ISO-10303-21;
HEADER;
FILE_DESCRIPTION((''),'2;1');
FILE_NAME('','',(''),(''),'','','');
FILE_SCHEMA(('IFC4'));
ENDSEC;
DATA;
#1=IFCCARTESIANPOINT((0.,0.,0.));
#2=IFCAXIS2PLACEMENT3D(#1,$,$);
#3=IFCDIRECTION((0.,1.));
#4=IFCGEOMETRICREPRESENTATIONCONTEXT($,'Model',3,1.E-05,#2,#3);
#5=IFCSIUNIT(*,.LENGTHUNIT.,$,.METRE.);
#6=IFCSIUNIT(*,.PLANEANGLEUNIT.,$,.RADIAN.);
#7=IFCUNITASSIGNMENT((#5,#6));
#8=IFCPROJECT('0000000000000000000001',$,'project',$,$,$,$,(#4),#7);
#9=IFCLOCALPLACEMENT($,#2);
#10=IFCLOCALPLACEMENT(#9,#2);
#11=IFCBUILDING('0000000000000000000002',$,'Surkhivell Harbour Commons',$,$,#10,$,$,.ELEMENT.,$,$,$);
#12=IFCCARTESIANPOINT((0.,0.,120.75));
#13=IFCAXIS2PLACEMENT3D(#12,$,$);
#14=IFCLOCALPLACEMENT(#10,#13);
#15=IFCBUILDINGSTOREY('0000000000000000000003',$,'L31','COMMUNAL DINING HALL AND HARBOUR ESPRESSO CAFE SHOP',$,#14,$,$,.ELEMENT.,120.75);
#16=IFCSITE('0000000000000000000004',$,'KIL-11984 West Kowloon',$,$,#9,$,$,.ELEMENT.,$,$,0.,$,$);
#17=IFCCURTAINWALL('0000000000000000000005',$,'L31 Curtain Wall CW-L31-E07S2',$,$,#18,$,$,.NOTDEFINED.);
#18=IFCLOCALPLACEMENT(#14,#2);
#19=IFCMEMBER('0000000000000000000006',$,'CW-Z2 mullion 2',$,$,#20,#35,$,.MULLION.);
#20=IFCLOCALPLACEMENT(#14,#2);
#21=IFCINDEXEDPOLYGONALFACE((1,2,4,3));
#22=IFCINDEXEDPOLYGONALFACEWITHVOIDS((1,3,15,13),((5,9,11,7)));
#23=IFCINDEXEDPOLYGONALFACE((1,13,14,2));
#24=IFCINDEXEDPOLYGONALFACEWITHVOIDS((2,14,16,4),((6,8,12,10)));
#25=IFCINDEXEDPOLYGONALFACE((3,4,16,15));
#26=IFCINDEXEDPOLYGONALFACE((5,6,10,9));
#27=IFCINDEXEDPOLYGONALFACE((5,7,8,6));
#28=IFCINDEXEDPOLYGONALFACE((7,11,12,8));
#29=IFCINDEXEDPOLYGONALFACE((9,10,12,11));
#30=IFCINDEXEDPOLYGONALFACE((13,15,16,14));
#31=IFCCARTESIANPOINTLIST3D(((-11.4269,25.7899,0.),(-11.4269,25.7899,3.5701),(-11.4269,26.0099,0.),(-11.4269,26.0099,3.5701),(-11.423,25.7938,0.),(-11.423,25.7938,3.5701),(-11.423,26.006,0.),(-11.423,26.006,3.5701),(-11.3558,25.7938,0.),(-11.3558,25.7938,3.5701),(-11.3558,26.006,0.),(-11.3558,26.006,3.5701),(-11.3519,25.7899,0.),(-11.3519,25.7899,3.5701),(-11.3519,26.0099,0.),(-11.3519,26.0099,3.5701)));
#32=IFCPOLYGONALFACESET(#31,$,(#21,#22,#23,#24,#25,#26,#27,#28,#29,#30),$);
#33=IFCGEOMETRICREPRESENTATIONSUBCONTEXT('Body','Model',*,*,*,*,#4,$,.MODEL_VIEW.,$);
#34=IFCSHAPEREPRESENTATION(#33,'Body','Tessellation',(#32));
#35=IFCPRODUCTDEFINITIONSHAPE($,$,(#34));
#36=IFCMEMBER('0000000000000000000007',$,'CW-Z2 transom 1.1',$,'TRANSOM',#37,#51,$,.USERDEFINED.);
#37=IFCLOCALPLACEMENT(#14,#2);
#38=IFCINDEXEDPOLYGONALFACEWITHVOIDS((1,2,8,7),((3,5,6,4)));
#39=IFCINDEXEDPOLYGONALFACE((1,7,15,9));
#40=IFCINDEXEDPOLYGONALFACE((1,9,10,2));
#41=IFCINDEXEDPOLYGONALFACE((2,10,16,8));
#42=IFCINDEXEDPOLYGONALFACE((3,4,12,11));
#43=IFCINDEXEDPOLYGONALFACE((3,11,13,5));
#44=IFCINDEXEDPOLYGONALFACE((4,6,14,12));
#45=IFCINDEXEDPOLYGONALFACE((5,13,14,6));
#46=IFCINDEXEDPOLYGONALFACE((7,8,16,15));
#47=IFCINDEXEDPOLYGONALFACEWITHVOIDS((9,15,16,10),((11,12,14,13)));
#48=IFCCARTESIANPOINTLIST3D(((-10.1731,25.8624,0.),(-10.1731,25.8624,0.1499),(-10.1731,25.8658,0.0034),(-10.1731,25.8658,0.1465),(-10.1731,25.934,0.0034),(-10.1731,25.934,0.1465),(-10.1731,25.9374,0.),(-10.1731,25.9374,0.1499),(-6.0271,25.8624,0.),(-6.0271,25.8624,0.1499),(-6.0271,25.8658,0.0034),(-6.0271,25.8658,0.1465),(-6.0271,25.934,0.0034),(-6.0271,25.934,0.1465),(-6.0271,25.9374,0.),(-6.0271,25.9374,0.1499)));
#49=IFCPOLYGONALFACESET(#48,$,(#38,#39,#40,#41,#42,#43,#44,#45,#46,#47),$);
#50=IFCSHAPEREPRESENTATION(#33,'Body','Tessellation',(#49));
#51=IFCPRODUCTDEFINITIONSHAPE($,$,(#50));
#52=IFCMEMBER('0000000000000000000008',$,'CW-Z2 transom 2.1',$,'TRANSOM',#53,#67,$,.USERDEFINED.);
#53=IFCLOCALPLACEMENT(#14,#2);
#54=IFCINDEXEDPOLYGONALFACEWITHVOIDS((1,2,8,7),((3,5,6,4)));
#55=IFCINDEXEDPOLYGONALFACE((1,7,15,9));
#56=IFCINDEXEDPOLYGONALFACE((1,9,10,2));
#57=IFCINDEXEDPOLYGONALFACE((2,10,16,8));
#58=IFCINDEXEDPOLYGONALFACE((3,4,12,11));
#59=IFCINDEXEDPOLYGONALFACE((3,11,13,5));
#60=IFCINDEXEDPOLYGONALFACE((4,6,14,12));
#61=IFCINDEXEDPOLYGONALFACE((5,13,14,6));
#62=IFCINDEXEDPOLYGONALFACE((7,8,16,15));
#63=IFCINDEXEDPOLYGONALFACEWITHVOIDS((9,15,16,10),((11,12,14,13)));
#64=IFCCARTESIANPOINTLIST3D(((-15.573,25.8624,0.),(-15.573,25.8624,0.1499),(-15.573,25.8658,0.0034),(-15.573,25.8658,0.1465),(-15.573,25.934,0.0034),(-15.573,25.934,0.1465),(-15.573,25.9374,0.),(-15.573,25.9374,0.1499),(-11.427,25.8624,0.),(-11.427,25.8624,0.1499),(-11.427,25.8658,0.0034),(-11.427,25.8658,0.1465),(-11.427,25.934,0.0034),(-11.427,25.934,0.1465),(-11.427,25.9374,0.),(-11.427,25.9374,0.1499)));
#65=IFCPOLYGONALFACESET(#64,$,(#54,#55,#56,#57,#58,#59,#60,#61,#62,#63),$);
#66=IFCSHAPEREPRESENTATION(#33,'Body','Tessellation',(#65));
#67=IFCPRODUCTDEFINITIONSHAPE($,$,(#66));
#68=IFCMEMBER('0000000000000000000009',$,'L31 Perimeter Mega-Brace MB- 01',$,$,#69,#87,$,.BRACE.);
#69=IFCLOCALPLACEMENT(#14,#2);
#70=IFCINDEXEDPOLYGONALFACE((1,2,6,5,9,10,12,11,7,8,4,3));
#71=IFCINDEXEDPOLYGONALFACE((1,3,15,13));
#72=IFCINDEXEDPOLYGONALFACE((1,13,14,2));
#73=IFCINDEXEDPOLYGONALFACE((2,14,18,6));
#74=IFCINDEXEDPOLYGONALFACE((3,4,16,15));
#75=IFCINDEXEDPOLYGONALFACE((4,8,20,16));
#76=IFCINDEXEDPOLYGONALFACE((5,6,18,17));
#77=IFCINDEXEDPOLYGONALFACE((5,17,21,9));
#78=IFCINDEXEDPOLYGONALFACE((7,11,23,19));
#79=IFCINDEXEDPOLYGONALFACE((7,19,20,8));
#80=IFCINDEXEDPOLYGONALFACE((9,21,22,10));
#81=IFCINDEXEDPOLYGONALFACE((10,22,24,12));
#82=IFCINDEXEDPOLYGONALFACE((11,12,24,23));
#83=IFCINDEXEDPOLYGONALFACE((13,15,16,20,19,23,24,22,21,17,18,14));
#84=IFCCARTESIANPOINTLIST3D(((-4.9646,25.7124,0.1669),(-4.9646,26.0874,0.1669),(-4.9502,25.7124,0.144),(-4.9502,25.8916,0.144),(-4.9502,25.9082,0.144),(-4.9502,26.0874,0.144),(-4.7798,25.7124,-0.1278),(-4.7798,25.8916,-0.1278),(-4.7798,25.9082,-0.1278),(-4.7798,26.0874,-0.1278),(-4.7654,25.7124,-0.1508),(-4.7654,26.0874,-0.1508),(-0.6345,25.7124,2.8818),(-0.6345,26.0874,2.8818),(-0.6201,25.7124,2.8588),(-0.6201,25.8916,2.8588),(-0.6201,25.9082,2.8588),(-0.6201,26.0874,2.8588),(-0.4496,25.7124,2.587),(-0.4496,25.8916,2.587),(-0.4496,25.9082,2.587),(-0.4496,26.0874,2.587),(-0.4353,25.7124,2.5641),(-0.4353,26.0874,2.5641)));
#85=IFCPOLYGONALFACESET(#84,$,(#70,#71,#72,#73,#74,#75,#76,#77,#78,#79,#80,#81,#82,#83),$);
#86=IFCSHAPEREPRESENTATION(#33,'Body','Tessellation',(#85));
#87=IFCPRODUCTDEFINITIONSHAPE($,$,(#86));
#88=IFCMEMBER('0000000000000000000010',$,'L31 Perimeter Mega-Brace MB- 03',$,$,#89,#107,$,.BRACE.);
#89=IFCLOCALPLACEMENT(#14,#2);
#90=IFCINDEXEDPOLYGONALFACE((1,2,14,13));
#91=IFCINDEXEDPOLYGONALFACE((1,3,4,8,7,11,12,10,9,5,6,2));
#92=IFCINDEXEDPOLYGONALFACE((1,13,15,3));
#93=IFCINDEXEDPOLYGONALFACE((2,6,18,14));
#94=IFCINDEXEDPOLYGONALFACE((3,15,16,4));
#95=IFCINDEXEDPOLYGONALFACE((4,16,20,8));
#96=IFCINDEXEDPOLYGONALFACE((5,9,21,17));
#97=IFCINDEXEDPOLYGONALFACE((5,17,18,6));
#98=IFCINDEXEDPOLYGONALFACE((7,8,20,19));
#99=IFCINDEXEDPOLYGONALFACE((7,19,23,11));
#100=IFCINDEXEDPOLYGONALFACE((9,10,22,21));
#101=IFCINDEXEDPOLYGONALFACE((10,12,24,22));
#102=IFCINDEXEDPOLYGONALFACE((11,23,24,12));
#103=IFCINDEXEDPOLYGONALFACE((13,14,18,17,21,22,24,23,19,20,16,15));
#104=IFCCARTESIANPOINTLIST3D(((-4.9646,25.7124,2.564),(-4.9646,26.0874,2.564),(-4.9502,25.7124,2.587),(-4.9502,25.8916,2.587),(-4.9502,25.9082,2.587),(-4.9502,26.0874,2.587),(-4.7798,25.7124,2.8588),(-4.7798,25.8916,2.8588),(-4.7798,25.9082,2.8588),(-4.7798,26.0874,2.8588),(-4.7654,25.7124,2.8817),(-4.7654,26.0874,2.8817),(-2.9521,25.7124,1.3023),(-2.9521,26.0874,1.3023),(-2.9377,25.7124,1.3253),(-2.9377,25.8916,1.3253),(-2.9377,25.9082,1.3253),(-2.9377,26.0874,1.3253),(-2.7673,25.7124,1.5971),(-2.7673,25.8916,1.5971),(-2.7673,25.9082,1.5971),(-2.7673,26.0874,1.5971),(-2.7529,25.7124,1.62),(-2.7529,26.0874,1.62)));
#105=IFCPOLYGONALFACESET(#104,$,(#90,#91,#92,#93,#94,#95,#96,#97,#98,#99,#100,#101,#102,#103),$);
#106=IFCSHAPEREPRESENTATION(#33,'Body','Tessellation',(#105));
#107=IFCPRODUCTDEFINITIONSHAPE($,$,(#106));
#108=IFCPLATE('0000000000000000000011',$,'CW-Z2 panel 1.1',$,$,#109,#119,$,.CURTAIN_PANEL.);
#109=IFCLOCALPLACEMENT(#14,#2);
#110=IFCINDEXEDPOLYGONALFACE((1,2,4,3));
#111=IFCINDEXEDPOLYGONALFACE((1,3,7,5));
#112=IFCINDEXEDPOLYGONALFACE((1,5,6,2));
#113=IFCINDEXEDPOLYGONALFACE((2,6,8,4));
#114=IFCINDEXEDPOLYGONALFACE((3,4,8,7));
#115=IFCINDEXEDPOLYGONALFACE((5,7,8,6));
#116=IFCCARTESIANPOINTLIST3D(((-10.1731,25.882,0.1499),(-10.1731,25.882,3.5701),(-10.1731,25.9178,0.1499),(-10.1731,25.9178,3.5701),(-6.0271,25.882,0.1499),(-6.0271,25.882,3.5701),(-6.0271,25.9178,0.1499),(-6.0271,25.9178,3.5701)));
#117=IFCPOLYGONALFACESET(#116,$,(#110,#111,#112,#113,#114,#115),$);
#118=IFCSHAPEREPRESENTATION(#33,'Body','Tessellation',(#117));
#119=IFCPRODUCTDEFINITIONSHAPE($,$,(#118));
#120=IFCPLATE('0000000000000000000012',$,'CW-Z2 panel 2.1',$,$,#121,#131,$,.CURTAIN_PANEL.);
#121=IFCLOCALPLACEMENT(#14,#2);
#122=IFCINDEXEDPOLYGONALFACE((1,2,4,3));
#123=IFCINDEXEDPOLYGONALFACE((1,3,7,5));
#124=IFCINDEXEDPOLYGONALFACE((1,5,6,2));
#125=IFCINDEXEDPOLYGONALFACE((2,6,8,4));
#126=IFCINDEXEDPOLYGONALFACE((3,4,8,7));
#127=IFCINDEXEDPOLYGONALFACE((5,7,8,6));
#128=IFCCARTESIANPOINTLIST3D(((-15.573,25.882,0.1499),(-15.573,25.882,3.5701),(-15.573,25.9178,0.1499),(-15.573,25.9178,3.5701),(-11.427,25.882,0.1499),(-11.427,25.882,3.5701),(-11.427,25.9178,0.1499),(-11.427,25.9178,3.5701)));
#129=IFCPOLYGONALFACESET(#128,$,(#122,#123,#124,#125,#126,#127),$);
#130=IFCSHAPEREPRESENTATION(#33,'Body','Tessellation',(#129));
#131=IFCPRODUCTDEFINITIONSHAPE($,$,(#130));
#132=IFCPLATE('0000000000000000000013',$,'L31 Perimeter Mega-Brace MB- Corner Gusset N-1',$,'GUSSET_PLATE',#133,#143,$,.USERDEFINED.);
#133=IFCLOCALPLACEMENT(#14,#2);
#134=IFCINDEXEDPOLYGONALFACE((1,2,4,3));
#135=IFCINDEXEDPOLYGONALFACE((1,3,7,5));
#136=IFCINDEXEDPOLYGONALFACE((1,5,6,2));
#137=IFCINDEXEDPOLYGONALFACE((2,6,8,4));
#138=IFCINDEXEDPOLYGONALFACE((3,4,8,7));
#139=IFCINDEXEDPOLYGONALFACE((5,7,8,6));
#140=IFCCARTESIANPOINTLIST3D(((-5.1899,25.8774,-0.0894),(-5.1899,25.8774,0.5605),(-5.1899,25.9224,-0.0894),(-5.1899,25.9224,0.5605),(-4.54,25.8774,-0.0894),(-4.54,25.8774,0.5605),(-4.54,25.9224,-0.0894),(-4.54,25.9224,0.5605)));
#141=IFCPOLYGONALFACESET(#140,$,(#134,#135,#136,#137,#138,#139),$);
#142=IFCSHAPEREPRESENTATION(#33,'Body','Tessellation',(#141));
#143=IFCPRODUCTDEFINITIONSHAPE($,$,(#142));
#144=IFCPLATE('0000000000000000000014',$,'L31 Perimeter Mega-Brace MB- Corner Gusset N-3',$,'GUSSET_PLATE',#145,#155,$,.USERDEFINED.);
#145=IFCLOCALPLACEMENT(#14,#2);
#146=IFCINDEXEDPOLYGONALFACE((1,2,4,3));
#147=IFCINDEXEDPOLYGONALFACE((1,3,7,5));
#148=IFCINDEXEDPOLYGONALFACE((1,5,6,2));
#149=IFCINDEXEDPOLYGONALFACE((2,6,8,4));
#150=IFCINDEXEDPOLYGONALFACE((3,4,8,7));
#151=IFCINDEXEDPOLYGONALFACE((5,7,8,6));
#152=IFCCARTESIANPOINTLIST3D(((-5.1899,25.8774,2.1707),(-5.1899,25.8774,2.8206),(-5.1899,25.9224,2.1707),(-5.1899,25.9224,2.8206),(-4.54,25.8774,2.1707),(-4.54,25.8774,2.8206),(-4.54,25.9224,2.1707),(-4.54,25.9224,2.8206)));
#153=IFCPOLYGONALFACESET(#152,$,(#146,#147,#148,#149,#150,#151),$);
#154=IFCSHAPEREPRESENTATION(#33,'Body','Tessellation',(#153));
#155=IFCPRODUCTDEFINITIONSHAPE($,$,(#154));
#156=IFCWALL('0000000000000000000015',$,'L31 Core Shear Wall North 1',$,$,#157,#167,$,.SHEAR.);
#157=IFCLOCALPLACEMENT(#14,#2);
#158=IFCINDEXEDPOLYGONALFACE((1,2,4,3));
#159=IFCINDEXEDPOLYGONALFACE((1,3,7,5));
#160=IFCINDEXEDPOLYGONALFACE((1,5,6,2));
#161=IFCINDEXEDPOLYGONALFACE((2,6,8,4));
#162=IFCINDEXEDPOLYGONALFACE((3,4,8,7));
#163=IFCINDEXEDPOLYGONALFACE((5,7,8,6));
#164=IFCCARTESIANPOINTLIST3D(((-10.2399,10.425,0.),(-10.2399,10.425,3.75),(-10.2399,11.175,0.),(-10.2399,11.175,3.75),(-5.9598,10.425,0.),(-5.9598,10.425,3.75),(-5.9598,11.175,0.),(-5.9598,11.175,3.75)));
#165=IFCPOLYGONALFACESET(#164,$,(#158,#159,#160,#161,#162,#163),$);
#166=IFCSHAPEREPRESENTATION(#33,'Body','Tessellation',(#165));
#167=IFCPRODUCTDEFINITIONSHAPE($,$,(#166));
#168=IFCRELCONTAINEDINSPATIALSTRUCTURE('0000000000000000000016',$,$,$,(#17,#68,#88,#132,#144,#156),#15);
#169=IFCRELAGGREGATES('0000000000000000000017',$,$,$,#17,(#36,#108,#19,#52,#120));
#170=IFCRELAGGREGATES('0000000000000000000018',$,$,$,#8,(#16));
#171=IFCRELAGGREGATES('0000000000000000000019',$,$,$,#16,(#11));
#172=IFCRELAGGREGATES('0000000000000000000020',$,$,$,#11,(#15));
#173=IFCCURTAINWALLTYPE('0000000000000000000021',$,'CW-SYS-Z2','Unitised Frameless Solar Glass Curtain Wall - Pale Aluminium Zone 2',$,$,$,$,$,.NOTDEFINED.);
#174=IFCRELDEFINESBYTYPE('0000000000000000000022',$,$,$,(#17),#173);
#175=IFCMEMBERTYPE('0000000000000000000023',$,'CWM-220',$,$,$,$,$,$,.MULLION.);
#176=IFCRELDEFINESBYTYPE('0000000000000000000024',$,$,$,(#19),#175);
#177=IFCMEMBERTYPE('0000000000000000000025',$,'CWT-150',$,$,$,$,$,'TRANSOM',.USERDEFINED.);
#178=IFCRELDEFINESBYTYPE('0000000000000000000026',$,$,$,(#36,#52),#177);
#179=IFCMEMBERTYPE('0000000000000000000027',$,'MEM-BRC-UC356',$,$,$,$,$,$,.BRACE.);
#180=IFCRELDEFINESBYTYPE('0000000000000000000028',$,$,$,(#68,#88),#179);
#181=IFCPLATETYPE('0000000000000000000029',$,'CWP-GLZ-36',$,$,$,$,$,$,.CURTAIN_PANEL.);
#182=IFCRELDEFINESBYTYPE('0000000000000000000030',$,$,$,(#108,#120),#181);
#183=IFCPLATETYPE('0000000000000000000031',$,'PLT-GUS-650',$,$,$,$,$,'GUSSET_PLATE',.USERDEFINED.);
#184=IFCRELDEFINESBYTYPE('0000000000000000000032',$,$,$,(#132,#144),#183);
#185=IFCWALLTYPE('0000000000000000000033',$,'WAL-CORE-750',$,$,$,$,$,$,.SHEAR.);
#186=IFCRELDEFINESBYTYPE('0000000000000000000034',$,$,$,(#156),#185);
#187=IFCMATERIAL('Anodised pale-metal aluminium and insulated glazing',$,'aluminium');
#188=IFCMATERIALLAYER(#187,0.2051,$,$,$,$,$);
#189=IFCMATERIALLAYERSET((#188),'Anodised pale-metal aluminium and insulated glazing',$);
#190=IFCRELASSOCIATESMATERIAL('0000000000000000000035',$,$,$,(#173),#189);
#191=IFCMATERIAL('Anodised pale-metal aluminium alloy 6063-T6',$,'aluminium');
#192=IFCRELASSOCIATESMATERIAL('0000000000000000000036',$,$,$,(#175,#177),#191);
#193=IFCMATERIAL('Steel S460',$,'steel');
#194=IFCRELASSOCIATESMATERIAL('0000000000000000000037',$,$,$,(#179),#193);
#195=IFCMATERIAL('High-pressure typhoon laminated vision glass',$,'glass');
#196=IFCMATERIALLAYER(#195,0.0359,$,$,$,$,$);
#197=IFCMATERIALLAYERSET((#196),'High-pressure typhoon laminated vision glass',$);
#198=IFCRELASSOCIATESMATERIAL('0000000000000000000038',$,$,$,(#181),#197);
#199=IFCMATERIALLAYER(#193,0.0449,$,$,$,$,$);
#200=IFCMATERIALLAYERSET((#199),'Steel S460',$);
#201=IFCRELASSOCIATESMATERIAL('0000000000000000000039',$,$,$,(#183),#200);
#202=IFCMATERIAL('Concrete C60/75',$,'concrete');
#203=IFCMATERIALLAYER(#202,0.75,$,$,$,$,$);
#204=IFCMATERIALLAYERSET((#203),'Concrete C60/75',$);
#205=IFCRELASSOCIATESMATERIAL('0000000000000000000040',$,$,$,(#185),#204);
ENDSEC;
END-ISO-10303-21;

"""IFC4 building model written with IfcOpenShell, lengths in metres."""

from ifc_helpers import new_model, si_unit, direction, frame, frame_2d, origin, origin_2d, place, context, subcontext, project, spatial, rectangle, hollow_rectangle, i_section, extrude, material, layer, layer_set, material_profile, profile_set, type_object, element, aggregate, save


model = new_model("IFC4")

# Units and contexts
model_context = context("Model", 3, precision=1e-05, world=origin(), true_north=direction((0.0, 1.0)))
body_context = subcontext(model_context, "Body", "Model", "MODEL_VIEW")
ifc_project = project(units=[si_unit("LENGTHUNIT", "METRE"), si_unit("PLANEANGLEUNIT", "RADIAN")], contexts=[model_context])

# Site, building, storey
site_placement = place(None, origin())
site = spatial("IfcSite", under=ifc_project, at=site_placement, Name="KIL-11984 West Kowloon", CompositionType="ELEMENT", RefElevation=0.0)
building_placement = place(site_placement, origin())
building = spatial("IfcBuilding", under=site, at=building_placement, Name="Surkhivell Harbour Commons", CompositionType="ELEMENT")
storey_placement = place(building_placement, frame((0.0, 0.0, 120.75)))
storey = spatial("IfcBuildingStorey", under=building, at=storey_placement, Name="L31", Description="COMMUNAL DINING HALL AND HARBOUR ESPRESSO CAFE SHOP", CompositionType="ELEMENT", Elevation=120.75)

# Shared definitions
ifc_material_1 = material(Name="Concrete C60/75", Category="concrete")

# Shared definitions
ifc_material_2 = material(Name="Steel S460", Category="steel")

# Curtain wall, members
ifc_material_3 = material(Name="Anodised pale-metal aluminium and insulated glazing", Category="aluminium")
ifc_layer_1 = layer(ifc_material_3, 0.2051)
ifc_layer_set_1 = layer_set([ifc_layer_1], Name="Anodised pale-metal aluminium and insulated glazing")
curtain_wall_type = type_object("IfcCurtainWallType", Name="CW-SYS-Z2", Description="Unitised Frameless Solar Glass Curtain Wall - Pale Aluminium Zone 2", PredefinedType="NOTDEFINED", material=ifc_layer_set_1)
curtain_wall_placement = place(storey_placement, origin())
curtain_wall = element("IfcCurtainWall", 1, at=curtain_wall_placement, inside=storey, type_object=curtain_wall_type, Name="L31 Curtain Wall CW-L31-E07S2", PredefinedType="NOTDEFINED")
ifc_material_4 = material(Name="Anodised pale-metal aluminium alloy 6063-T6", Category="aluminium")
ifc_material_profile_1 = material_profile(ifc_material_4, hollow_rectangle(XDim=0.075, YDim=0.22, WallThickness=0.0039, at=origin_2d()), Name="ALU-MULL-75x220")
ifc_profile_set_1 = profile_set([ifc_material_profile_1], Name="Anodised pale-metal aluminium alloy 6063-T6")
member_type_1 = type_object("IfcMemberType", Name="CWM-220", PredefinedType="MULLION", material=ifc_profile_set_1)
member_1_placement = place(storey_placement, frame((-11.3894, 25.8999, 0.0), z_axis=(0.0, 0.0, 1.0), x_axis=(-1.0, 0.0, 0.0)))
member_1 = element("IfcMember", 2, at=member_1_placement, type_object=member_type_1, Name="CW-Z2 mullion 2", PredefinedType="MULLION", context=body_context, shape_type="SweptSolid", body=[
    extrude(hollow_rectangle(XDim=0.075, YDim=0.22, WallThickness=0.0039, at=origin_2d()), origin(), (0.0, 0.0, 1.0), 3.5701),
])
ifc_material_profile_2 = material_profile(ifc_material_4, hollow_rectangle(XDim=0.075, YDim=0.1499, WallThickness=0.0034, at=origin_2d()), Name="ALU-TRAN-75x150")
ifc_profile_set_2 = profile_set([ifc_material_profile_2], Name="Anodised pale-metal aluminium alloy 6063-T6")
member_type_2 = type_object("IfcMemberType", Name="CWT-150", ElementType="TRANSOM", PredefinedType="USERDEFINED", material=ifc_profile_set_2)
member_2_placement = place(storey_placement, frame((-6.0271, 25.8999, 0.075), z_axis=(-1.0, 0.0, 0.0), x_axis=(0.0, -1.0, 0.0)))
member_2 = element("IfcMember", 3, at=member_2_placement, type_object=member_type_2, Name="CW-Z2 transom 1.1", ObjectType="TRANSOM", PredefinedType="USERDEFINED", context=body_context, shape_type="SweptSolid", body=[
    extrude(hollow_rectangle(XDim=0.075, YDim=0.1499, WallThickness=0.0034, at=origin_2d()), origin(), (0.0, 0.0, 1.0), 4.146),
])
member_3_placement = place(storey_placement, frame((-11.427, 25.8999, 0.075), z_axis=(-1.0, 0.0, 0.0), x_axis=(0.0, -1.0, 0.0)))
member_3 = element("IfcMember", 4, at=member_3_placement, type_object=member_type_2, Name="CW-Z2 transom 2.1", ObjectType="TRANSOM", PredefinedType="USERDEFINED", context=body_context, shape_type="SweptSolid", body=[
    extrude(hollow_rectangle(XDim=0.075, YDim=0.1499, WallThickness=0.0034, at=origin_2d()), origin(), (0.0, 0.0, 1.0), 4.146),
])

# Members
ifc_material_profile_3 = material_profile(ifc_material_2, i_section(OverallWidth=0.375, OverallDepth=0.375, WebThickness=0.0166, FlangeThickness=0.0271, at=origin_2d()), Name="UC356x368x202")
ifc_profile_set_3 = profile_set([ifc_material_profile_3], Name="Steel S460")
member_type_3 = type_object("IfcMemberType", Name="MEM-BRC-UC356", PredefinedType="BRACE", material=ifc_profile_set_3)
member_4_placement = place(storey_placement, frame((-4.865, 25.8999, 0.0081), z_axis=(0.847246, 0.0, 0.531201), x_axis=(0.0, 1.0, 0.0)))
element("IfcMember", 5, at=member_4_placement, inside=storey, type_object=member_type_3, Name="L31 Perimeter Mega-Brace MB- 01", PredefinedType="BRACE", context=body_context, shape_type="SweptSolid", body=[
    extrude(i_section(OverallWidth=0.375, OverallDepth=0.375, WebThickness=0.0166, FlangeThickness=0.0271, at=origin_2d()), origin(), (0.0, 0.0, 1.0), 5.1108),
])
member_5_placement = place(storey_placement, frame((-2.8525, 25.8999, 1.4612), z_axis=(-0.847253, 0.0, 0.53119), x_axis=(0.0, -1.0, 0.0)))
element("IfcMember", 6, at=member_5_placement, inside=storey, type_object=member_type_3, Name="L31 Perimeter Mega-Brace MB- 03", PredefinedType="BRACE", context=body_context, shape_type="SweptSolid", body=[
    extrude(i_section(OverallWidth=0.375, OverallDepth=0.375, WebThickness=0.0166, FlangeThickness=0.0271, at=origin_2d()), origin(), (0.0, 0.0, 1.0), 2.3752),
])

# Plates
ifc_material_5 = material(Name="High-pressure typhoon laminated vision glass", Category="glass")
ifc_layer_2 = layer(ifc_material_5, 0.0359)
ifc_layer_set_2 = layer_set([ifc_layer_2], Name="High-pressure typhoon laminated vision glass")
plate_type_1 = type_object("IfcPlateType", Name="CWP-GLZ-36", PredefinedType="CURTAIN_PANEL", material=ifc_layer_set_2)
plate_1_placement = place(storey_placement, frame((-6.0271, 25.8999, 0.1499), z_axis=(0.0, 0.0, 1.0), x_axis=(-1.0, 0.0, 0.0)))
plate_1 = element("IfcPlate", 7, at=plate_1_placement, type_object=plate_type_1, Name="CW-Z2 panel 1.1", PredefinedType="CURTAIN_PANEL", context=body_context, shape_type="SweptSolid", body=[
    extrude(rectangle(XDim=4.146, YDim=0.0359, at=frame_2d((2.073, 0.0))), origin(), (0.0, 0.0, 1.0), 3.4202),
])
plate_2_placement = place(storey_placement, frame((-11.427, 25.8999, 0.1499), z_axis=(0.0, 0.0, 1.0), x_axis=(-1.0, 0.0, 0.0)))
plate_2 = element("IfcPlate", 8, at=plate_2_placement, type_object=plate_type_1, Name="CW-Z2 panel 2.1", PredefinedType="CURTAIN_PANEL", context=body_context, shape_type="SweptSolid", body=[
    extrude(rectangle(XDim=4.146, YDim=0.0359, at=frame_2d((2.073, 0.0))), origin(), (0.0, 0.0, 1.0), 3.4202),
])
aggregate(curtain_wall, [member_2, plate_1, member_1, member_3, plate_2])

# Plates
ifc_layer_3 = layer(ifc_material_2, 0.0449)
ifc_layer_set_3 = layer_set([ifc_layer_3], Name="Steel S460")
plate_type_2 = type_object("IfcPlateType", Name="PLT-GUS-650", ElementType="GUSSET_PLATE", PredefinedType="USERDEFINED", material=ifc_layer_set_3)
for number, where, z_axis, x_axis, name in (
    (9, (-4.865, 25.8999, -0.0894), (0.0, 0.0, 1.0), (1.0, 0.0, 0.0), "L31 Perimeter Mega-Brace MB- Corner Gusset N-1"),
    (10, (-4.865, 25.8999, 2.1707), (0.0, 0.0, 1.0), (1.0, 0.0, 0.0), "L31 Perimeter Mega-Brace MB- Corner Gusset N-3"),
):
    element("IfcPlate", number, at=place(storey_placement, frame(where, z_axis=z_axis, x_axis=x_axis)), inside=storey, type_object=plate_type_2, Name=name, ObjectType="GUSSET_PLATE", PredefinedType="USERDEFINED", context=body_context, shape_type="SweptSolid", body=[
        extrude(rectangle(XDim=0.6499, YDim=0.0449, at=origin_2d()), origin(), (0.0, 0.0, 1.0), 0.6499),
    ])

# Wall
ifc_layer_4 = layer(ifc_material_1, 0.75)
ifc_layer_set_4 = layer_set([ifc_layer_4], Name="Concrete C60/75")
wall_type_1 = type_object("IfcWallType", Name="WAL-CORE-750", PredefinedType="SHEAR", material=ifc_layer_set_4)
wall_1_placement = place(storey_placement, frame((-10.24, 10.8, 0.0), z_axis=(0.0, 0.0, 1.0), x_axis=(1.0, 0.0, 0.0)))
element("IfcWall", 11, at=wall_1_placement, inside=storey, type_object=wall_type_1, Name="L31 Core Shear Wall North 1", PredefinedType="SHEAR", context=body_context, shape_type="SweptSolid", body=[
    extrude(rectangle(XDim=4.28, YDim=0.75, at=frame_2d((2.1401, 0.0))), origin(), (0.0, 0.0, 1.0), 3.75),
])

save(model, "model.ifc")
